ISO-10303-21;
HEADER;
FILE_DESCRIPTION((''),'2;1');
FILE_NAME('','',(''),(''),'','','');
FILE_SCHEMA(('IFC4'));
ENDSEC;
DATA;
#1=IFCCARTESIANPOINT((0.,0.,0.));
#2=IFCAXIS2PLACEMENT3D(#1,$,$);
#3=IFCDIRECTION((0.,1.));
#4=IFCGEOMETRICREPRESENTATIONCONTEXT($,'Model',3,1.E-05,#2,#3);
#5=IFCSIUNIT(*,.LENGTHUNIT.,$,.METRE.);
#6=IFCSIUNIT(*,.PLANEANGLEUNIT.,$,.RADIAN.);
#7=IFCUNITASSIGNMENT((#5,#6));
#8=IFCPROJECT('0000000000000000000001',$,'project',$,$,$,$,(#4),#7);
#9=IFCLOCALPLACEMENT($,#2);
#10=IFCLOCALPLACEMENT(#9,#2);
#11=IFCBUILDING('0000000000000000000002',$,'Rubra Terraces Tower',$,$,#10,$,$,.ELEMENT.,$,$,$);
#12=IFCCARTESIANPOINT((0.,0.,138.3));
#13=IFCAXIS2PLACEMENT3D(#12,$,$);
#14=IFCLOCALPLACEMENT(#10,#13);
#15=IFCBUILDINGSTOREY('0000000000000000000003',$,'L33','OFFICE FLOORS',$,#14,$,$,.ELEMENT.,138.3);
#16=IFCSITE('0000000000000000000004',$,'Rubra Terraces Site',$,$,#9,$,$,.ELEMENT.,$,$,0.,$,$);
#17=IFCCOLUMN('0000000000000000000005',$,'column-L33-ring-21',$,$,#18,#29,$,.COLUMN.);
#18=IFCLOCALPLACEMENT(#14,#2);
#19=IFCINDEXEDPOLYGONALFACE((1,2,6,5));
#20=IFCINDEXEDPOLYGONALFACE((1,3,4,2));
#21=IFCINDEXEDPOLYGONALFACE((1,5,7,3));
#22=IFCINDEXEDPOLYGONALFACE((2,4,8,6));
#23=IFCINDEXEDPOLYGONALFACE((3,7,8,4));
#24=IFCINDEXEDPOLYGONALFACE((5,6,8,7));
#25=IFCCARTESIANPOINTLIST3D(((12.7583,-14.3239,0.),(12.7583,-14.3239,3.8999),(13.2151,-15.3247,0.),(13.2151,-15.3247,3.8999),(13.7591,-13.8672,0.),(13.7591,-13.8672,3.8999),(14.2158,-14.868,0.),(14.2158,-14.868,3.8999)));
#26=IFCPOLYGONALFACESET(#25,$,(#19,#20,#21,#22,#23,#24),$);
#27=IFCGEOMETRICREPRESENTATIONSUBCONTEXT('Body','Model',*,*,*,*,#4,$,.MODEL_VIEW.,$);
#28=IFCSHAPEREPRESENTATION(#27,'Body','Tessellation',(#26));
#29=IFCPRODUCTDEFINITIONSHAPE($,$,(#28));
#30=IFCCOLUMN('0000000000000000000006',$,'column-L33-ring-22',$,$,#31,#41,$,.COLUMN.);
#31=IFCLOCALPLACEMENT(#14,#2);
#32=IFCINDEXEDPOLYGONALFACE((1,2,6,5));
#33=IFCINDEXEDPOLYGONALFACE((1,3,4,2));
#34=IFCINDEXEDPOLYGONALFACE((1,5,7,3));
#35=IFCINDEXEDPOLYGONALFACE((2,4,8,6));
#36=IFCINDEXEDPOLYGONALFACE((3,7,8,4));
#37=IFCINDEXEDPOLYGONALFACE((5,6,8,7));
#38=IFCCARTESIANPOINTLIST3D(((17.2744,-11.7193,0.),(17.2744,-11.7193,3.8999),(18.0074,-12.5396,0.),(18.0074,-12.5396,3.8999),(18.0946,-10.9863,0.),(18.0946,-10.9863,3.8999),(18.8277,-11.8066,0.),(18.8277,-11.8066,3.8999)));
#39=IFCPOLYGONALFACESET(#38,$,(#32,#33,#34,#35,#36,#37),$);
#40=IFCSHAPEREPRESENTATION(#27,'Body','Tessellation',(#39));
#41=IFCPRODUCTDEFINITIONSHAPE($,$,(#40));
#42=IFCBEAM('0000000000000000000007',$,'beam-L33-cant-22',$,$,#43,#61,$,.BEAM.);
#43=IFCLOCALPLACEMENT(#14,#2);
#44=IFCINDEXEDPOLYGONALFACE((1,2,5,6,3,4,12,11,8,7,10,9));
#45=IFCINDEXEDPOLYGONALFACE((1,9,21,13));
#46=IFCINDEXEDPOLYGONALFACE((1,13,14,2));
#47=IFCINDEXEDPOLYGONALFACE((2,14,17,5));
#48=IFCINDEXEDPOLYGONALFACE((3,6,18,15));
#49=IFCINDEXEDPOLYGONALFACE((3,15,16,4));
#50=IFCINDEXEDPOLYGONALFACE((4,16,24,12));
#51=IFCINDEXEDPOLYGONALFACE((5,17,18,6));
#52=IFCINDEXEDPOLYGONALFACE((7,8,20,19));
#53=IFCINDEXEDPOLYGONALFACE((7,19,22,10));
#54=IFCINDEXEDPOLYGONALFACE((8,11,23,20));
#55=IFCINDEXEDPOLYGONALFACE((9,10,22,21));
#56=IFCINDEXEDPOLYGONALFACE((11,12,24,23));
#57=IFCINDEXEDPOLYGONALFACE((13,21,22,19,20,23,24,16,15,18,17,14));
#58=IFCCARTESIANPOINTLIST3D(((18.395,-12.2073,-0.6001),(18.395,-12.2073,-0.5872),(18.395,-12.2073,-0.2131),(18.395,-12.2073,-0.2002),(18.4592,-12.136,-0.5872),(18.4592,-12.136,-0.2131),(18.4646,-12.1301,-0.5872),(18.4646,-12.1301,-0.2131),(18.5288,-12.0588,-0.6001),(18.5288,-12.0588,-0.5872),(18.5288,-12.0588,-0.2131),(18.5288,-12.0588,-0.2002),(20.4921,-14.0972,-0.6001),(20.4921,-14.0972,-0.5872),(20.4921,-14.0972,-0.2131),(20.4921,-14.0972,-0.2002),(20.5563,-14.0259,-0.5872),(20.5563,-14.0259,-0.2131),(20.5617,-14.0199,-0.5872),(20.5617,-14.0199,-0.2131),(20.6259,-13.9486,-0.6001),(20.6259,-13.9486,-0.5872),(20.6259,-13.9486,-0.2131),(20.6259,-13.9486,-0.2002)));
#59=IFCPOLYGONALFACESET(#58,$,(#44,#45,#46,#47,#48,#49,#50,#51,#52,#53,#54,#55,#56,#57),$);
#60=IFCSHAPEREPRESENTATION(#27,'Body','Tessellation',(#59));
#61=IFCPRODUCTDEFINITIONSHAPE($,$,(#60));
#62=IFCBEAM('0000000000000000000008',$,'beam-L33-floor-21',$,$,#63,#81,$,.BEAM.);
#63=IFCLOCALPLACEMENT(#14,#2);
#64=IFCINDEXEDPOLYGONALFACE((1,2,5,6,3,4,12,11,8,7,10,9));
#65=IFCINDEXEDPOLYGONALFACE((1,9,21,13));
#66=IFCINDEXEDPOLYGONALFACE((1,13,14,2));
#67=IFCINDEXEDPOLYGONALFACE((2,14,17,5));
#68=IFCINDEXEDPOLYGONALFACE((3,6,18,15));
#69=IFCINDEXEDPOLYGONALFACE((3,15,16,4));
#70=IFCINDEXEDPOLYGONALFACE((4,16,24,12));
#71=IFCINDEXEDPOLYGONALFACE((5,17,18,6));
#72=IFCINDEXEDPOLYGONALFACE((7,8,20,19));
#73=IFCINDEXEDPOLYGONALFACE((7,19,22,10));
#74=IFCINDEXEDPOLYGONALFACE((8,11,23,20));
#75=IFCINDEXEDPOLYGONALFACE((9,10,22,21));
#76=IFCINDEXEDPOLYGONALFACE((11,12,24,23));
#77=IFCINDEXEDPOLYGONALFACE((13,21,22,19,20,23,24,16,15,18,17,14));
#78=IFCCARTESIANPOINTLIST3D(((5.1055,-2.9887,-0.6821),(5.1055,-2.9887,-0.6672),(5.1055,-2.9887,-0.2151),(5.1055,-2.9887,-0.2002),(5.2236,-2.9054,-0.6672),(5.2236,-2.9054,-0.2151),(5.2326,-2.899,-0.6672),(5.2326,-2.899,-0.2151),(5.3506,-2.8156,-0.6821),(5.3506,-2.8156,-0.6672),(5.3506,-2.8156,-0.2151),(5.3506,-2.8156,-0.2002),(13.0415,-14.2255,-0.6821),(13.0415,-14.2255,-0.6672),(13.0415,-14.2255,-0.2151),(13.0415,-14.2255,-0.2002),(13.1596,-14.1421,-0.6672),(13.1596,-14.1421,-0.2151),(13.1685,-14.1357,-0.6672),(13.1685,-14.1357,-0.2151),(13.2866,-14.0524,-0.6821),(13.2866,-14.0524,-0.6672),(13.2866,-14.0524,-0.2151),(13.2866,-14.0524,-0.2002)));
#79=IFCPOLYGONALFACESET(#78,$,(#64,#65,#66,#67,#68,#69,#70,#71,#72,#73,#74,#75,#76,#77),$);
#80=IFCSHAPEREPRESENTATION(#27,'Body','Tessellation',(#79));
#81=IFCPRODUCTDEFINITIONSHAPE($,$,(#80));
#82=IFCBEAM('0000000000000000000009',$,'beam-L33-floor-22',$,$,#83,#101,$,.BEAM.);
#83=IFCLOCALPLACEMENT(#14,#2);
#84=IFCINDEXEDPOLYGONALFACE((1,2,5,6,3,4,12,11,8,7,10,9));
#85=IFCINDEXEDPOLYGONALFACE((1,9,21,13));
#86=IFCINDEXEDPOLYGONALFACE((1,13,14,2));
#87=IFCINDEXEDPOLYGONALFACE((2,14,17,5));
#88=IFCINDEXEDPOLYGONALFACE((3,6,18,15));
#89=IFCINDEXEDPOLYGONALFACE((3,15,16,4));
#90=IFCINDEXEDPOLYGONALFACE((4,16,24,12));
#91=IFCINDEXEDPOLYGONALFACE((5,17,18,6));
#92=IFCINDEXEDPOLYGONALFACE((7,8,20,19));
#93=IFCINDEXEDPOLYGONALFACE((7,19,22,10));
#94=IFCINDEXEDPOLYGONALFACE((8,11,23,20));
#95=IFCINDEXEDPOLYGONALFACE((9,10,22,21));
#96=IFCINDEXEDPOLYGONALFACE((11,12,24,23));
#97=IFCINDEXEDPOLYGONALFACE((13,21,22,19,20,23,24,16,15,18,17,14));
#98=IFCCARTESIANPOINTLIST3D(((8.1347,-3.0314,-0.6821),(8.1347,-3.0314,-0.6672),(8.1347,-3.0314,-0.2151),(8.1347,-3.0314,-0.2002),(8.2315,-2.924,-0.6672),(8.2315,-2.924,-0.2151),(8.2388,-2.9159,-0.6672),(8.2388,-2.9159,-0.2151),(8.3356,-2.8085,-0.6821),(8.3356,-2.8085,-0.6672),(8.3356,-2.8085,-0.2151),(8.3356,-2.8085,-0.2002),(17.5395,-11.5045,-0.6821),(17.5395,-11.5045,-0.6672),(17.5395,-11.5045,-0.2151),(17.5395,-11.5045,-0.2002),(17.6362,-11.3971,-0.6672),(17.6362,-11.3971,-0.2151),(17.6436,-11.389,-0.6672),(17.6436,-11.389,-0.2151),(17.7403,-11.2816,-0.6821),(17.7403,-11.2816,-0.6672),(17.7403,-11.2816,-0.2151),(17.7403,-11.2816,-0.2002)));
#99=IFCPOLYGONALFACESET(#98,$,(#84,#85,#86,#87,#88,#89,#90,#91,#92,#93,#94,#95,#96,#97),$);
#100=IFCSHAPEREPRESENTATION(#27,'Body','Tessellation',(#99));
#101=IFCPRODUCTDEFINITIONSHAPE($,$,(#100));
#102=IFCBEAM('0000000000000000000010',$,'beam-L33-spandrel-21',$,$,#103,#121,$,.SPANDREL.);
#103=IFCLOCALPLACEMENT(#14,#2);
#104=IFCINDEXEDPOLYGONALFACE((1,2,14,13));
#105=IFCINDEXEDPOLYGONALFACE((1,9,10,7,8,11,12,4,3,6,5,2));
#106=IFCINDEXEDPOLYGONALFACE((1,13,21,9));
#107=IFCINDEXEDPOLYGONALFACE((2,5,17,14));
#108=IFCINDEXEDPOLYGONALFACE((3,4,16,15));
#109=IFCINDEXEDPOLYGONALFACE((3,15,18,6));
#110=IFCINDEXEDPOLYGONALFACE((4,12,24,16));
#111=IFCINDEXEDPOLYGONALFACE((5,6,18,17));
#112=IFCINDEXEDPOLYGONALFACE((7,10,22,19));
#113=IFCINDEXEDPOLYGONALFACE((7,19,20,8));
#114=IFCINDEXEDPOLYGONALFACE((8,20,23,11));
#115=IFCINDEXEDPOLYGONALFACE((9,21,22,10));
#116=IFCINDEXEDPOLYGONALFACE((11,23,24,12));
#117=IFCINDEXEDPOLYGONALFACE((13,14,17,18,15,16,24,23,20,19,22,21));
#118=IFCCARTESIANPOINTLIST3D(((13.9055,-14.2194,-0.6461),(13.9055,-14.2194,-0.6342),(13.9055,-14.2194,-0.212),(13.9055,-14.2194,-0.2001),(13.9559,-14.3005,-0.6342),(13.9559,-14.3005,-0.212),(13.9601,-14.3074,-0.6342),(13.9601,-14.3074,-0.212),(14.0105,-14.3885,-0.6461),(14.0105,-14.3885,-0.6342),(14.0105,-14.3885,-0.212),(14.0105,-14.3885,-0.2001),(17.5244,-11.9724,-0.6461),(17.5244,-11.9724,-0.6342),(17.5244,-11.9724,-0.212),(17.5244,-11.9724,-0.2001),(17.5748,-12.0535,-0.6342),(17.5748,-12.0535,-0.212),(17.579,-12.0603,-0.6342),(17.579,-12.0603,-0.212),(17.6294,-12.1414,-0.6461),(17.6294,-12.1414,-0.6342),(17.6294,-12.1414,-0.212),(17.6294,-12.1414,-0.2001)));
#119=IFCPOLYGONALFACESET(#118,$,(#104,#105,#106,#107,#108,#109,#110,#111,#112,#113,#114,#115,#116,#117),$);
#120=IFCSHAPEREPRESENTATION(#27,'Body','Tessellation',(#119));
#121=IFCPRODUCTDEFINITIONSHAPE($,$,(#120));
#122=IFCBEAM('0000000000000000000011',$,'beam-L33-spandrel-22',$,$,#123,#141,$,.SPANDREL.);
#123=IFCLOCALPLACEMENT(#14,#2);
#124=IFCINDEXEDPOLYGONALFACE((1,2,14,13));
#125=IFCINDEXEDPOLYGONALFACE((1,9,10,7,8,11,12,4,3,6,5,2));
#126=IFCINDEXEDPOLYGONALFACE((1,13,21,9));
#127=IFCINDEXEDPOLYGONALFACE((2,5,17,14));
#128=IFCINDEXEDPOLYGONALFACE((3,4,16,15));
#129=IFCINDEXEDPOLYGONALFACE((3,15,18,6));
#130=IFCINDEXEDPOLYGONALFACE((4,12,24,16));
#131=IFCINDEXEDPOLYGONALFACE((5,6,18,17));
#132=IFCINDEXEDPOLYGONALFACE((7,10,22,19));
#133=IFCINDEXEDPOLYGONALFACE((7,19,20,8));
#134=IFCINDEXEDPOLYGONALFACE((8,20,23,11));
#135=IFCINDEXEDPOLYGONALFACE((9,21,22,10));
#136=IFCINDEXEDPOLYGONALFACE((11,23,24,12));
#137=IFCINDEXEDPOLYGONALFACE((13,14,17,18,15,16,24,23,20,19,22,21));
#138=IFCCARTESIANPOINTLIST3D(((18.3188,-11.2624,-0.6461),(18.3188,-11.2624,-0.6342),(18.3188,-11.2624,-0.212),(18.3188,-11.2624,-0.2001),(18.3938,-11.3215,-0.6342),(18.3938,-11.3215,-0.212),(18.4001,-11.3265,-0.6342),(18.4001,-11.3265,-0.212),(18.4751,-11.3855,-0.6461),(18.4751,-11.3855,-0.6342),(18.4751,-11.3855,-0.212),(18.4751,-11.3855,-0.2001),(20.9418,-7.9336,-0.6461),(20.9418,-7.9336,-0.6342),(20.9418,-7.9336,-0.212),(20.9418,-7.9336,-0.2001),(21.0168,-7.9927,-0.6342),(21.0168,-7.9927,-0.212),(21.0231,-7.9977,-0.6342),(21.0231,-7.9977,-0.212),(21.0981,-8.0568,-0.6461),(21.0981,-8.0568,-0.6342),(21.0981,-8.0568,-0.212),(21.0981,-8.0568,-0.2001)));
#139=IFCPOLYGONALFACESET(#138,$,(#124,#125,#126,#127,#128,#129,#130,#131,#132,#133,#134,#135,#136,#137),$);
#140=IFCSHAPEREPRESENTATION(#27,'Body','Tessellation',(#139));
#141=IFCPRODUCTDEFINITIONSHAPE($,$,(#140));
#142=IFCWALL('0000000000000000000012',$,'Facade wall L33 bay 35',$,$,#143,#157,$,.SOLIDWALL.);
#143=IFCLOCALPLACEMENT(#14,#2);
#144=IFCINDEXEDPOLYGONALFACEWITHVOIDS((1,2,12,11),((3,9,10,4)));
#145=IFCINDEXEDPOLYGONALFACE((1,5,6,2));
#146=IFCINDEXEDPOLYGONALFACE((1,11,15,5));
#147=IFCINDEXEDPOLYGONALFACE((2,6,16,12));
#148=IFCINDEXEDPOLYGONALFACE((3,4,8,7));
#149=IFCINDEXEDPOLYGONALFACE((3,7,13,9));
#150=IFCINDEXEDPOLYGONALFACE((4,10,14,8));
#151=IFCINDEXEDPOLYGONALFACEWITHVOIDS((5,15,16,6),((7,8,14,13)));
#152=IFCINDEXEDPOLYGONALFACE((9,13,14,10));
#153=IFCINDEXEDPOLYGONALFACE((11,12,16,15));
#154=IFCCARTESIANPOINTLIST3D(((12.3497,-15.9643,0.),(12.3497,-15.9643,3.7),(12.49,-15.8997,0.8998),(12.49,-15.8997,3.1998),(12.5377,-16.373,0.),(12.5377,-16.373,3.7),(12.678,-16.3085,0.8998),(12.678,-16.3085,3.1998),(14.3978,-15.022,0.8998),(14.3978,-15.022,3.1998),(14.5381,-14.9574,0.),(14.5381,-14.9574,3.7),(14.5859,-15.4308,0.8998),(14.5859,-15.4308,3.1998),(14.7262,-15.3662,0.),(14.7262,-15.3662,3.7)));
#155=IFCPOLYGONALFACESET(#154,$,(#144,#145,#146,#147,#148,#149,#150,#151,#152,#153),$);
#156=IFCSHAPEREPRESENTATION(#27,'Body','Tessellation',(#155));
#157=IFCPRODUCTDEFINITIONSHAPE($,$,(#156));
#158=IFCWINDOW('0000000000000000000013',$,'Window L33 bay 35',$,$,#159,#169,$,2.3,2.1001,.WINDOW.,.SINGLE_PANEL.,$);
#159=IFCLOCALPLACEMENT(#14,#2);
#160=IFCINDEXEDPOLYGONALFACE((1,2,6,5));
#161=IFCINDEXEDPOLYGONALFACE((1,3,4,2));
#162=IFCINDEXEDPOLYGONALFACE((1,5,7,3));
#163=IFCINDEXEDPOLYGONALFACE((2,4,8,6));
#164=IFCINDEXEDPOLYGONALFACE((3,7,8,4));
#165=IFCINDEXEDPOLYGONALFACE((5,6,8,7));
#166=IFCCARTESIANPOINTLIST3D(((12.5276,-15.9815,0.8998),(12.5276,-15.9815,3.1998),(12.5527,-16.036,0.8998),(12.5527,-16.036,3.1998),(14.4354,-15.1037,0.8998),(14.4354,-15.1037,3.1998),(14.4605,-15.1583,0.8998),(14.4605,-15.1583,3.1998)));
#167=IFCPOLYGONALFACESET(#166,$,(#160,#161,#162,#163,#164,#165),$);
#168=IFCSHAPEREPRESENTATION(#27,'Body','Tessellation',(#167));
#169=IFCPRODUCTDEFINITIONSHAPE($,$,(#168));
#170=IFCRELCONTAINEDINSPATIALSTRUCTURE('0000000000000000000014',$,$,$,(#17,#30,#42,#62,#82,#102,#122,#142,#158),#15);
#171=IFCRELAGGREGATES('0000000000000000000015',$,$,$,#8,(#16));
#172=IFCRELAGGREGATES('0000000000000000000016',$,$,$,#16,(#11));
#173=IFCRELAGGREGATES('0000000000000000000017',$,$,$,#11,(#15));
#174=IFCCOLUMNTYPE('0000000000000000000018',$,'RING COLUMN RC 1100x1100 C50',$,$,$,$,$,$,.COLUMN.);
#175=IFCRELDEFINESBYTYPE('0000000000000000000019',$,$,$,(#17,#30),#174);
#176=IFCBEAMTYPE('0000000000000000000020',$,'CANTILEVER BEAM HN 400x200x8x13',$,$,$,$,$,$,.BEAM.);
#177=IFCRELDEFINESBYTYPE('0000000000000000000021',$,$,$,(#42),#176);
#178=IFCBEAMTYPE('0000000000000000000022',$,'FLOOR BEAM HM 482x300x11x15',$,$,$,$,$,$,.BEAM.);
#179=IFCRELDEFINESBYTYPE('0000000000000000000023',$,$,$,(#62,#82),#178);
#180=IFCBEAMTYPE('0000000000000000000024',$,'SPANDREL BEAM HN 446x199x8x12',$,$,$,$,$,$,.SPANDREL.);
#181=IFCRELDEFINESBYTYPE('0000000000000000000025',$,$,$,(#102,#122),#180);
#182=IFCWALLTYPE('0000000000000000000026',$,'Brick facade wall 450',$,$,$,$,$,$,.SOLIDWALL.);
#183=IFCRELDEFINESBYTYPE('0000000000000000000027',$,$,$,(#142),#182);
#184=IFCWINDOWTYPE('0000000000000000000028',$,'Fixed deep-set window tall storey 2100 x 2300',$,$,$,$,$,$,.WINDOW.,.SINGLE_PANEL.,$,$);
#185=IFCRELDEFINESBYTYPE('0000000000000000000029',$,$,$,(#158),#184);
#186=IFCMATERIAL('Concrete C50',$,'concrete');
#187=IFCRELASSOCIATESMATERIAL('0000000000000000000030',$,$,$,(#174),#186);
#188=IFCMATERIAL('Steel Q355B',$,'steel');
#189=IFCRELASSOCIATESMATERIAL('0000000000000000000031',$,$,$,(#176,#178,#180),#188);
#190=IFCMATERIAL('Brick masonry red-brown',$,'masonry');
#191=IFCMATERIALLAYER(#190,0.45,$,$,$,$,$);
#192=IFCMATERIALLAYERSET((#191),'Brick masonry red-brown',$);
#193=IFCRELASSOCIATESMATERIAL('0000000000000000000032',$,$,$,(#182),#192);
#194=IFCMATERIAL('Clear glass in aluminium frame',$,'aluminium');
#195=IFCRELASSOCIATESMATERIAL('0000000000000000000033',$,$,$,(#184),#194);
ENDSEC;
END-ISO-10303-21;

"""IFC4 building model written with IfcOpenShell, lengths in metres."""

from ifc_helpers import new_model, si_unit, direction, frame, frame_2d, origin, origin_2d, place, context, subcontext, project, spatial, rectangle, i_section, extrude, material, layer, layer_set, material_profile, profile_set, type_object, element, fill, save


model = new_model("IFC4")

# Units and contexts
model_context = context("Model", 3, precision=1e-05, world=origin(), true_north=direction((0.0, 1.0)))
body_context = subcontext(model_context, "Body", "Model", "MODEL_VIEW")
ifc_project = project(units=[si_unit("LENGTHUNIT", "METRE"), si_unit("PLANEANGLEUNIT", "RADIAN")], contexts=[model_context])

# Site, building, storey
site_placement = place(None, origin())
site = spatial("IfcSite", under=ifc_project, at=site_placement, Name="Rubra Terraces Site", CompositionType="ELEMENT", RefElevation=0.0)
building_placement = place(site_placement, origin())
building = spatial("IfcBuilding", under=site, at=building_placement, Name="Rubra Terraces Tower", CompositionType="ELEMENT")
storey_placement = place(building_placement, frame((0.0, 0.0, 138.3)))
storey = spatial("IfcBuildingStorey", under=building, at=storey_placement, Name="L33", Description="OFFICE FLOORS", CompositionType="ELEMENT", Elevation=138.3)

# Columns
ifc_material_1 = material(Name="Concrete C50", Category="concrete")
ifc_material_profile_1 = material_profile(ifc_material_1, rectangle(XDim=1.1001, YDim=1.1001, at=origin_2d()), Name="RC 1100x1100")
ifc_profile_set_1 = profile_set([ifc_material_profile_1], Name="Concrete C50")
column_type = type_object("IfcColumnType", Name="RING COLUMN RC 1100x1100 C50", PredefinedType="COLUMN", material=ifc_profile_set_1)
for number, where, z_axis, x_axis, name in (
    (1, (13.4871, -14.5959, 0.0), (0.0, 0.0, 1.0), (0.909726, 0.415208, 0.0), "column-L33-ring-21"),
    (2, (18.051, -11.7629, 0.0), (0.0, 0.0, 1.0), (0.745642, 0.666347, 0.0), "column-L33-ring-22"),
):
    element("IfcColumn", number, at=place(storey_placement, frame(where, z_axis=z_axis, x_axis=x_axis)), inside=storey, type_object=column_type, Name=name, PredefinedType="COLUMN", context=body_context, shape_type="SweptSolid", body=[
        extrude(rectangle(XDim=1.1001, YDim=1.1001, at=origin_2d()), origin(), (0.0, 0.0, 1.0), 3.8999),
    ])

# Beams
ifc_material_2 = material(Name="Steel Q355B", Category="steel")
ifc_material_profile_2 = material_profile(ifc_material_2, i_section(OverallWidth=0.2, OverallDepth=0.3999, WebThickness=0.0081, FlangeThickness=0.0129, at=origin_2d()), Name="HN 400x200x8x13")
ifc_profile_set_2 = profile_set([ifc_material_profile_2], Name="Steel Q355B")
beam_type_1 = type_object("IfcBeamType", Name="CANTILEVER BEAM HN 400x200x8x13", PredefinedType="BEAM", material=ifc_profile_set_2)
beam_1_placement = place(storey_placement, frame((18.4619, -12.1331, -0.4001), z_axis=(0.742864, -0.669442, 0.0), x_axis=(0.669442, 0.742864, 0.0)))
element("IfcBeam", 3, at=beam_1_placement, inside=storey, type_object=beam_type_1, Name="beam-L33-cant-22", PredefinedType="BEAM", context=body_context, shape_type="SweptSolid", body=[
    extrude(i_section(OverallWidth=0.2, OverallDepth=0.3999, WebThickness=0.0081, FlangeThickness=0.0129, at=origin_2d()), origin(), (0.0, 0.0, 1.0), 2.823),
])
ifc_material_profile_3 = material_profile(ifc_material_2, i_section(OverallWidth=0.3, OverallDepth=0.4819, WebThickness=0.011, FlangeThickness=0.0149, at=origin_2d()), Name="HM 482x300x11x15")
ifc_profile_set_3 = profile_set([ifc_material_profile_3], Name="Steel Q355B")
beam_type_2 = type_object("IfcBeamType", Name="FLOOR BEAM HM 482x300x11x15", PredefinedType="BEAM", material=ifc_profile_set_3)
beam_2_placement = place(storey_placement, frame((13.1641, -14.1389, -0.4412), z_axis=(-0.576885, 0.816825, 0.0), x_axis=(-0.816825, -0.576885, 0.0)))
element("IfcBeam", 4, at=beam_2_placement, inside=storey, type_object=beam_type_2, Name="beam-L33-floor-21", PredefinedType="BEAM", context=body_context, shape_type="SweptSolid", body=[
    extrude(i_section(OverallWidth=0.3, OverallDepth=0.4819, WebThickness=0.011, FlangeThickness=0.0149, at=origin_2d()), origin(), (0.0, 0.0, 1.0), 13.7566),
])
beam_3_placement = place(storey_placement, frame((17.6399, -11.3931, -0.4412), z_axis=(-0.742947, 0.66935, 0.0), x_axis=(-0.66935, -0.742947, 0.0)))
element("IfcBeam", 5, at=beam_3_placement, inside=storey, type_object=beam_type_2, Name="beam-L33-floor-22", PredefinedType="BEAM", context=body_context, shape_type="SweptSolid", body=[
    extrude(i_section(OverallWidth=0.3, OverallDepth=0.4819, WebThickness=0.011, FlangeThickness=0.0149, at=origin_2d()), origin(), (0.0, 0.0, 1.0), 12.6587),
])
ifc_material_profile_4 = material_profile(ifc_material_2, i_section(OverallWidth=0.199, OverallDepth=0.446, WebThickness=0.0081, FlangeThickness=0.012, at=origin_2d()), Name="HN 446x199x8x12")
ifc_profile_set_4 = profile_set([ifc_material_profile_4], Name="Steel Q355B")
beam_type_3 = type_object("IfcBeamType", Name="SPANDREL BEAM HN 446x199x8x12", PredefinedType="SPANDREL", material=ifc_profile_set_4)
beam_4_placement = place(storey_placement, frame((13.958, -14.304, -0.4231), z_axis=(0.84955, 0.527508, 0.0), x_axis=(-0.527508, 0.84955, 0.0)))
element("IfcBeam", 6, at=beam_4_placement, inside=storey, type_object=beam_type_3, Name="beam-L33-spandrel-21", PredefinedType="SPANDREL", context=body_context, shape_type="SweptSolid", body=[
    extrude(i_section(OverallWidth=0.199, OverallDepth=0.446, WebThickness=0.0081, FlangeThickness=0.012, at=origin_2d()), origin(), (0.0, 0.0, 1.0), 4.2598),
])
beam_5_placement = place(storey_placement, frame((18.397, -11.324, -0.4231), z_axis=(0.618917, 0.785456, 0.0), x_axis=(-0.785456, 0.618917, 0.0)))
element("IfcBeam", 7, at=beam_5_placement, inside=storey, type_object=beam_type_3, Name="beam-L33-spandrel-22", PredefinedType="SPANDREL", context=body_context, shape_type="SweptSolid", body=[
    extrude(i_section(OverallWidth=0.199, OverallDepth=0.446, WebThickness=0.0081, FlangeThickness=0.012, at=origin_2d()), origin(), (0.0, 0.0, 1.0), 4.238),
])

# Wall, opening, window
ifc_material_3 = material(Name="Brick masonry red-brown", Category="masonry")
ifc_layer_1 = layer(ifc_material_3, 0.45)
ifc_layer_set_1 = layer_set([ifc_layer_1], Name="Brick masonry red-brown")
wall_type_1 = type_object("IfcWallType", Name="Brick facade wall 450", PredefinedType="SOLIDWALL", material=ifc_layer_set_1)
wall_1_placement = place(storey_placement, frame((12.4436, -16.1687, 0.0), z_axis=(0.0, 0.0, 1.0), x_axis=(0.908469, 0.417952, 0.0)))
wall_1 = element("IfcWall", 8, at=wall_1_placement, inside=storey, type_object=wall_type_1, Name="Facade wall L33 bay 35", PredefinedType="SOLIDWALL", context=body_context, shape_type="SweptSolid", body=[
    extrude(rectangle(XDim=2.4089, YDim=0.45, at=frame_2d((1.2046, 0.0))), origin(), (0.0, 0.0, 1.0), 3.7),
])
opening_1_placement = place(wall_1_placement, frame((0.1545, 0.0, 0.8999)))
opening_1 = element("IfcOpeningElement", 9, at=opening_1_placement, cuts=wall_1, PredefinedType="OPENING", context=body_context, shape_type="SweptSolid", body=[
    extrude(rectangle(XDim=2.1001, YDim=2.3, at=frame_2d((1.05, 1.1499))), frame((0.0, 0.2349, 0.0), z_axis=(0.0, -1.0, 0.0), x_axis=(1.0, 0.0, 0.0)), (0.0, 0.0, 1.0), 0.47),
])
ifc_material_4 = material(Name="Clear glass in aluminium frame", Category="aluminium")
window_type = type_object("IfcWindowType", Name="Fixed deep-set window tall storey 2100 x 2300", PartitioningType="SINGLE_PANEL", PredefinedType="WINDOW", material=ifc_material_4)
window_1_placement = place(opening_1_placement, origin())
window_1 = element("IfcWindow", 10, at=window_1_placement, inside=storey, type_object=window_type, Name="Window L33 bay 35", OverallHeight=2.3, OverallWidth=2.1001, PartitioningType="SINGLE_PANEL", PredefinedType="WINDOW", context=body_context, shape_type="SweptSolid", body=[
    extrude(rectangle(XDim=2.1001, YDim=2.3, at=frame_2d((1.05, 1.1499))), frame((0.0, 0.135, 0.0), z_axis=(0.0, -1.0, 0.0), x_axis=(1.0, 0.0, 0.0)), (0.0, 0.0, 1.0), 0.0601),
])
fill(opening_1, window_1)

save(model, "model.ifc")
